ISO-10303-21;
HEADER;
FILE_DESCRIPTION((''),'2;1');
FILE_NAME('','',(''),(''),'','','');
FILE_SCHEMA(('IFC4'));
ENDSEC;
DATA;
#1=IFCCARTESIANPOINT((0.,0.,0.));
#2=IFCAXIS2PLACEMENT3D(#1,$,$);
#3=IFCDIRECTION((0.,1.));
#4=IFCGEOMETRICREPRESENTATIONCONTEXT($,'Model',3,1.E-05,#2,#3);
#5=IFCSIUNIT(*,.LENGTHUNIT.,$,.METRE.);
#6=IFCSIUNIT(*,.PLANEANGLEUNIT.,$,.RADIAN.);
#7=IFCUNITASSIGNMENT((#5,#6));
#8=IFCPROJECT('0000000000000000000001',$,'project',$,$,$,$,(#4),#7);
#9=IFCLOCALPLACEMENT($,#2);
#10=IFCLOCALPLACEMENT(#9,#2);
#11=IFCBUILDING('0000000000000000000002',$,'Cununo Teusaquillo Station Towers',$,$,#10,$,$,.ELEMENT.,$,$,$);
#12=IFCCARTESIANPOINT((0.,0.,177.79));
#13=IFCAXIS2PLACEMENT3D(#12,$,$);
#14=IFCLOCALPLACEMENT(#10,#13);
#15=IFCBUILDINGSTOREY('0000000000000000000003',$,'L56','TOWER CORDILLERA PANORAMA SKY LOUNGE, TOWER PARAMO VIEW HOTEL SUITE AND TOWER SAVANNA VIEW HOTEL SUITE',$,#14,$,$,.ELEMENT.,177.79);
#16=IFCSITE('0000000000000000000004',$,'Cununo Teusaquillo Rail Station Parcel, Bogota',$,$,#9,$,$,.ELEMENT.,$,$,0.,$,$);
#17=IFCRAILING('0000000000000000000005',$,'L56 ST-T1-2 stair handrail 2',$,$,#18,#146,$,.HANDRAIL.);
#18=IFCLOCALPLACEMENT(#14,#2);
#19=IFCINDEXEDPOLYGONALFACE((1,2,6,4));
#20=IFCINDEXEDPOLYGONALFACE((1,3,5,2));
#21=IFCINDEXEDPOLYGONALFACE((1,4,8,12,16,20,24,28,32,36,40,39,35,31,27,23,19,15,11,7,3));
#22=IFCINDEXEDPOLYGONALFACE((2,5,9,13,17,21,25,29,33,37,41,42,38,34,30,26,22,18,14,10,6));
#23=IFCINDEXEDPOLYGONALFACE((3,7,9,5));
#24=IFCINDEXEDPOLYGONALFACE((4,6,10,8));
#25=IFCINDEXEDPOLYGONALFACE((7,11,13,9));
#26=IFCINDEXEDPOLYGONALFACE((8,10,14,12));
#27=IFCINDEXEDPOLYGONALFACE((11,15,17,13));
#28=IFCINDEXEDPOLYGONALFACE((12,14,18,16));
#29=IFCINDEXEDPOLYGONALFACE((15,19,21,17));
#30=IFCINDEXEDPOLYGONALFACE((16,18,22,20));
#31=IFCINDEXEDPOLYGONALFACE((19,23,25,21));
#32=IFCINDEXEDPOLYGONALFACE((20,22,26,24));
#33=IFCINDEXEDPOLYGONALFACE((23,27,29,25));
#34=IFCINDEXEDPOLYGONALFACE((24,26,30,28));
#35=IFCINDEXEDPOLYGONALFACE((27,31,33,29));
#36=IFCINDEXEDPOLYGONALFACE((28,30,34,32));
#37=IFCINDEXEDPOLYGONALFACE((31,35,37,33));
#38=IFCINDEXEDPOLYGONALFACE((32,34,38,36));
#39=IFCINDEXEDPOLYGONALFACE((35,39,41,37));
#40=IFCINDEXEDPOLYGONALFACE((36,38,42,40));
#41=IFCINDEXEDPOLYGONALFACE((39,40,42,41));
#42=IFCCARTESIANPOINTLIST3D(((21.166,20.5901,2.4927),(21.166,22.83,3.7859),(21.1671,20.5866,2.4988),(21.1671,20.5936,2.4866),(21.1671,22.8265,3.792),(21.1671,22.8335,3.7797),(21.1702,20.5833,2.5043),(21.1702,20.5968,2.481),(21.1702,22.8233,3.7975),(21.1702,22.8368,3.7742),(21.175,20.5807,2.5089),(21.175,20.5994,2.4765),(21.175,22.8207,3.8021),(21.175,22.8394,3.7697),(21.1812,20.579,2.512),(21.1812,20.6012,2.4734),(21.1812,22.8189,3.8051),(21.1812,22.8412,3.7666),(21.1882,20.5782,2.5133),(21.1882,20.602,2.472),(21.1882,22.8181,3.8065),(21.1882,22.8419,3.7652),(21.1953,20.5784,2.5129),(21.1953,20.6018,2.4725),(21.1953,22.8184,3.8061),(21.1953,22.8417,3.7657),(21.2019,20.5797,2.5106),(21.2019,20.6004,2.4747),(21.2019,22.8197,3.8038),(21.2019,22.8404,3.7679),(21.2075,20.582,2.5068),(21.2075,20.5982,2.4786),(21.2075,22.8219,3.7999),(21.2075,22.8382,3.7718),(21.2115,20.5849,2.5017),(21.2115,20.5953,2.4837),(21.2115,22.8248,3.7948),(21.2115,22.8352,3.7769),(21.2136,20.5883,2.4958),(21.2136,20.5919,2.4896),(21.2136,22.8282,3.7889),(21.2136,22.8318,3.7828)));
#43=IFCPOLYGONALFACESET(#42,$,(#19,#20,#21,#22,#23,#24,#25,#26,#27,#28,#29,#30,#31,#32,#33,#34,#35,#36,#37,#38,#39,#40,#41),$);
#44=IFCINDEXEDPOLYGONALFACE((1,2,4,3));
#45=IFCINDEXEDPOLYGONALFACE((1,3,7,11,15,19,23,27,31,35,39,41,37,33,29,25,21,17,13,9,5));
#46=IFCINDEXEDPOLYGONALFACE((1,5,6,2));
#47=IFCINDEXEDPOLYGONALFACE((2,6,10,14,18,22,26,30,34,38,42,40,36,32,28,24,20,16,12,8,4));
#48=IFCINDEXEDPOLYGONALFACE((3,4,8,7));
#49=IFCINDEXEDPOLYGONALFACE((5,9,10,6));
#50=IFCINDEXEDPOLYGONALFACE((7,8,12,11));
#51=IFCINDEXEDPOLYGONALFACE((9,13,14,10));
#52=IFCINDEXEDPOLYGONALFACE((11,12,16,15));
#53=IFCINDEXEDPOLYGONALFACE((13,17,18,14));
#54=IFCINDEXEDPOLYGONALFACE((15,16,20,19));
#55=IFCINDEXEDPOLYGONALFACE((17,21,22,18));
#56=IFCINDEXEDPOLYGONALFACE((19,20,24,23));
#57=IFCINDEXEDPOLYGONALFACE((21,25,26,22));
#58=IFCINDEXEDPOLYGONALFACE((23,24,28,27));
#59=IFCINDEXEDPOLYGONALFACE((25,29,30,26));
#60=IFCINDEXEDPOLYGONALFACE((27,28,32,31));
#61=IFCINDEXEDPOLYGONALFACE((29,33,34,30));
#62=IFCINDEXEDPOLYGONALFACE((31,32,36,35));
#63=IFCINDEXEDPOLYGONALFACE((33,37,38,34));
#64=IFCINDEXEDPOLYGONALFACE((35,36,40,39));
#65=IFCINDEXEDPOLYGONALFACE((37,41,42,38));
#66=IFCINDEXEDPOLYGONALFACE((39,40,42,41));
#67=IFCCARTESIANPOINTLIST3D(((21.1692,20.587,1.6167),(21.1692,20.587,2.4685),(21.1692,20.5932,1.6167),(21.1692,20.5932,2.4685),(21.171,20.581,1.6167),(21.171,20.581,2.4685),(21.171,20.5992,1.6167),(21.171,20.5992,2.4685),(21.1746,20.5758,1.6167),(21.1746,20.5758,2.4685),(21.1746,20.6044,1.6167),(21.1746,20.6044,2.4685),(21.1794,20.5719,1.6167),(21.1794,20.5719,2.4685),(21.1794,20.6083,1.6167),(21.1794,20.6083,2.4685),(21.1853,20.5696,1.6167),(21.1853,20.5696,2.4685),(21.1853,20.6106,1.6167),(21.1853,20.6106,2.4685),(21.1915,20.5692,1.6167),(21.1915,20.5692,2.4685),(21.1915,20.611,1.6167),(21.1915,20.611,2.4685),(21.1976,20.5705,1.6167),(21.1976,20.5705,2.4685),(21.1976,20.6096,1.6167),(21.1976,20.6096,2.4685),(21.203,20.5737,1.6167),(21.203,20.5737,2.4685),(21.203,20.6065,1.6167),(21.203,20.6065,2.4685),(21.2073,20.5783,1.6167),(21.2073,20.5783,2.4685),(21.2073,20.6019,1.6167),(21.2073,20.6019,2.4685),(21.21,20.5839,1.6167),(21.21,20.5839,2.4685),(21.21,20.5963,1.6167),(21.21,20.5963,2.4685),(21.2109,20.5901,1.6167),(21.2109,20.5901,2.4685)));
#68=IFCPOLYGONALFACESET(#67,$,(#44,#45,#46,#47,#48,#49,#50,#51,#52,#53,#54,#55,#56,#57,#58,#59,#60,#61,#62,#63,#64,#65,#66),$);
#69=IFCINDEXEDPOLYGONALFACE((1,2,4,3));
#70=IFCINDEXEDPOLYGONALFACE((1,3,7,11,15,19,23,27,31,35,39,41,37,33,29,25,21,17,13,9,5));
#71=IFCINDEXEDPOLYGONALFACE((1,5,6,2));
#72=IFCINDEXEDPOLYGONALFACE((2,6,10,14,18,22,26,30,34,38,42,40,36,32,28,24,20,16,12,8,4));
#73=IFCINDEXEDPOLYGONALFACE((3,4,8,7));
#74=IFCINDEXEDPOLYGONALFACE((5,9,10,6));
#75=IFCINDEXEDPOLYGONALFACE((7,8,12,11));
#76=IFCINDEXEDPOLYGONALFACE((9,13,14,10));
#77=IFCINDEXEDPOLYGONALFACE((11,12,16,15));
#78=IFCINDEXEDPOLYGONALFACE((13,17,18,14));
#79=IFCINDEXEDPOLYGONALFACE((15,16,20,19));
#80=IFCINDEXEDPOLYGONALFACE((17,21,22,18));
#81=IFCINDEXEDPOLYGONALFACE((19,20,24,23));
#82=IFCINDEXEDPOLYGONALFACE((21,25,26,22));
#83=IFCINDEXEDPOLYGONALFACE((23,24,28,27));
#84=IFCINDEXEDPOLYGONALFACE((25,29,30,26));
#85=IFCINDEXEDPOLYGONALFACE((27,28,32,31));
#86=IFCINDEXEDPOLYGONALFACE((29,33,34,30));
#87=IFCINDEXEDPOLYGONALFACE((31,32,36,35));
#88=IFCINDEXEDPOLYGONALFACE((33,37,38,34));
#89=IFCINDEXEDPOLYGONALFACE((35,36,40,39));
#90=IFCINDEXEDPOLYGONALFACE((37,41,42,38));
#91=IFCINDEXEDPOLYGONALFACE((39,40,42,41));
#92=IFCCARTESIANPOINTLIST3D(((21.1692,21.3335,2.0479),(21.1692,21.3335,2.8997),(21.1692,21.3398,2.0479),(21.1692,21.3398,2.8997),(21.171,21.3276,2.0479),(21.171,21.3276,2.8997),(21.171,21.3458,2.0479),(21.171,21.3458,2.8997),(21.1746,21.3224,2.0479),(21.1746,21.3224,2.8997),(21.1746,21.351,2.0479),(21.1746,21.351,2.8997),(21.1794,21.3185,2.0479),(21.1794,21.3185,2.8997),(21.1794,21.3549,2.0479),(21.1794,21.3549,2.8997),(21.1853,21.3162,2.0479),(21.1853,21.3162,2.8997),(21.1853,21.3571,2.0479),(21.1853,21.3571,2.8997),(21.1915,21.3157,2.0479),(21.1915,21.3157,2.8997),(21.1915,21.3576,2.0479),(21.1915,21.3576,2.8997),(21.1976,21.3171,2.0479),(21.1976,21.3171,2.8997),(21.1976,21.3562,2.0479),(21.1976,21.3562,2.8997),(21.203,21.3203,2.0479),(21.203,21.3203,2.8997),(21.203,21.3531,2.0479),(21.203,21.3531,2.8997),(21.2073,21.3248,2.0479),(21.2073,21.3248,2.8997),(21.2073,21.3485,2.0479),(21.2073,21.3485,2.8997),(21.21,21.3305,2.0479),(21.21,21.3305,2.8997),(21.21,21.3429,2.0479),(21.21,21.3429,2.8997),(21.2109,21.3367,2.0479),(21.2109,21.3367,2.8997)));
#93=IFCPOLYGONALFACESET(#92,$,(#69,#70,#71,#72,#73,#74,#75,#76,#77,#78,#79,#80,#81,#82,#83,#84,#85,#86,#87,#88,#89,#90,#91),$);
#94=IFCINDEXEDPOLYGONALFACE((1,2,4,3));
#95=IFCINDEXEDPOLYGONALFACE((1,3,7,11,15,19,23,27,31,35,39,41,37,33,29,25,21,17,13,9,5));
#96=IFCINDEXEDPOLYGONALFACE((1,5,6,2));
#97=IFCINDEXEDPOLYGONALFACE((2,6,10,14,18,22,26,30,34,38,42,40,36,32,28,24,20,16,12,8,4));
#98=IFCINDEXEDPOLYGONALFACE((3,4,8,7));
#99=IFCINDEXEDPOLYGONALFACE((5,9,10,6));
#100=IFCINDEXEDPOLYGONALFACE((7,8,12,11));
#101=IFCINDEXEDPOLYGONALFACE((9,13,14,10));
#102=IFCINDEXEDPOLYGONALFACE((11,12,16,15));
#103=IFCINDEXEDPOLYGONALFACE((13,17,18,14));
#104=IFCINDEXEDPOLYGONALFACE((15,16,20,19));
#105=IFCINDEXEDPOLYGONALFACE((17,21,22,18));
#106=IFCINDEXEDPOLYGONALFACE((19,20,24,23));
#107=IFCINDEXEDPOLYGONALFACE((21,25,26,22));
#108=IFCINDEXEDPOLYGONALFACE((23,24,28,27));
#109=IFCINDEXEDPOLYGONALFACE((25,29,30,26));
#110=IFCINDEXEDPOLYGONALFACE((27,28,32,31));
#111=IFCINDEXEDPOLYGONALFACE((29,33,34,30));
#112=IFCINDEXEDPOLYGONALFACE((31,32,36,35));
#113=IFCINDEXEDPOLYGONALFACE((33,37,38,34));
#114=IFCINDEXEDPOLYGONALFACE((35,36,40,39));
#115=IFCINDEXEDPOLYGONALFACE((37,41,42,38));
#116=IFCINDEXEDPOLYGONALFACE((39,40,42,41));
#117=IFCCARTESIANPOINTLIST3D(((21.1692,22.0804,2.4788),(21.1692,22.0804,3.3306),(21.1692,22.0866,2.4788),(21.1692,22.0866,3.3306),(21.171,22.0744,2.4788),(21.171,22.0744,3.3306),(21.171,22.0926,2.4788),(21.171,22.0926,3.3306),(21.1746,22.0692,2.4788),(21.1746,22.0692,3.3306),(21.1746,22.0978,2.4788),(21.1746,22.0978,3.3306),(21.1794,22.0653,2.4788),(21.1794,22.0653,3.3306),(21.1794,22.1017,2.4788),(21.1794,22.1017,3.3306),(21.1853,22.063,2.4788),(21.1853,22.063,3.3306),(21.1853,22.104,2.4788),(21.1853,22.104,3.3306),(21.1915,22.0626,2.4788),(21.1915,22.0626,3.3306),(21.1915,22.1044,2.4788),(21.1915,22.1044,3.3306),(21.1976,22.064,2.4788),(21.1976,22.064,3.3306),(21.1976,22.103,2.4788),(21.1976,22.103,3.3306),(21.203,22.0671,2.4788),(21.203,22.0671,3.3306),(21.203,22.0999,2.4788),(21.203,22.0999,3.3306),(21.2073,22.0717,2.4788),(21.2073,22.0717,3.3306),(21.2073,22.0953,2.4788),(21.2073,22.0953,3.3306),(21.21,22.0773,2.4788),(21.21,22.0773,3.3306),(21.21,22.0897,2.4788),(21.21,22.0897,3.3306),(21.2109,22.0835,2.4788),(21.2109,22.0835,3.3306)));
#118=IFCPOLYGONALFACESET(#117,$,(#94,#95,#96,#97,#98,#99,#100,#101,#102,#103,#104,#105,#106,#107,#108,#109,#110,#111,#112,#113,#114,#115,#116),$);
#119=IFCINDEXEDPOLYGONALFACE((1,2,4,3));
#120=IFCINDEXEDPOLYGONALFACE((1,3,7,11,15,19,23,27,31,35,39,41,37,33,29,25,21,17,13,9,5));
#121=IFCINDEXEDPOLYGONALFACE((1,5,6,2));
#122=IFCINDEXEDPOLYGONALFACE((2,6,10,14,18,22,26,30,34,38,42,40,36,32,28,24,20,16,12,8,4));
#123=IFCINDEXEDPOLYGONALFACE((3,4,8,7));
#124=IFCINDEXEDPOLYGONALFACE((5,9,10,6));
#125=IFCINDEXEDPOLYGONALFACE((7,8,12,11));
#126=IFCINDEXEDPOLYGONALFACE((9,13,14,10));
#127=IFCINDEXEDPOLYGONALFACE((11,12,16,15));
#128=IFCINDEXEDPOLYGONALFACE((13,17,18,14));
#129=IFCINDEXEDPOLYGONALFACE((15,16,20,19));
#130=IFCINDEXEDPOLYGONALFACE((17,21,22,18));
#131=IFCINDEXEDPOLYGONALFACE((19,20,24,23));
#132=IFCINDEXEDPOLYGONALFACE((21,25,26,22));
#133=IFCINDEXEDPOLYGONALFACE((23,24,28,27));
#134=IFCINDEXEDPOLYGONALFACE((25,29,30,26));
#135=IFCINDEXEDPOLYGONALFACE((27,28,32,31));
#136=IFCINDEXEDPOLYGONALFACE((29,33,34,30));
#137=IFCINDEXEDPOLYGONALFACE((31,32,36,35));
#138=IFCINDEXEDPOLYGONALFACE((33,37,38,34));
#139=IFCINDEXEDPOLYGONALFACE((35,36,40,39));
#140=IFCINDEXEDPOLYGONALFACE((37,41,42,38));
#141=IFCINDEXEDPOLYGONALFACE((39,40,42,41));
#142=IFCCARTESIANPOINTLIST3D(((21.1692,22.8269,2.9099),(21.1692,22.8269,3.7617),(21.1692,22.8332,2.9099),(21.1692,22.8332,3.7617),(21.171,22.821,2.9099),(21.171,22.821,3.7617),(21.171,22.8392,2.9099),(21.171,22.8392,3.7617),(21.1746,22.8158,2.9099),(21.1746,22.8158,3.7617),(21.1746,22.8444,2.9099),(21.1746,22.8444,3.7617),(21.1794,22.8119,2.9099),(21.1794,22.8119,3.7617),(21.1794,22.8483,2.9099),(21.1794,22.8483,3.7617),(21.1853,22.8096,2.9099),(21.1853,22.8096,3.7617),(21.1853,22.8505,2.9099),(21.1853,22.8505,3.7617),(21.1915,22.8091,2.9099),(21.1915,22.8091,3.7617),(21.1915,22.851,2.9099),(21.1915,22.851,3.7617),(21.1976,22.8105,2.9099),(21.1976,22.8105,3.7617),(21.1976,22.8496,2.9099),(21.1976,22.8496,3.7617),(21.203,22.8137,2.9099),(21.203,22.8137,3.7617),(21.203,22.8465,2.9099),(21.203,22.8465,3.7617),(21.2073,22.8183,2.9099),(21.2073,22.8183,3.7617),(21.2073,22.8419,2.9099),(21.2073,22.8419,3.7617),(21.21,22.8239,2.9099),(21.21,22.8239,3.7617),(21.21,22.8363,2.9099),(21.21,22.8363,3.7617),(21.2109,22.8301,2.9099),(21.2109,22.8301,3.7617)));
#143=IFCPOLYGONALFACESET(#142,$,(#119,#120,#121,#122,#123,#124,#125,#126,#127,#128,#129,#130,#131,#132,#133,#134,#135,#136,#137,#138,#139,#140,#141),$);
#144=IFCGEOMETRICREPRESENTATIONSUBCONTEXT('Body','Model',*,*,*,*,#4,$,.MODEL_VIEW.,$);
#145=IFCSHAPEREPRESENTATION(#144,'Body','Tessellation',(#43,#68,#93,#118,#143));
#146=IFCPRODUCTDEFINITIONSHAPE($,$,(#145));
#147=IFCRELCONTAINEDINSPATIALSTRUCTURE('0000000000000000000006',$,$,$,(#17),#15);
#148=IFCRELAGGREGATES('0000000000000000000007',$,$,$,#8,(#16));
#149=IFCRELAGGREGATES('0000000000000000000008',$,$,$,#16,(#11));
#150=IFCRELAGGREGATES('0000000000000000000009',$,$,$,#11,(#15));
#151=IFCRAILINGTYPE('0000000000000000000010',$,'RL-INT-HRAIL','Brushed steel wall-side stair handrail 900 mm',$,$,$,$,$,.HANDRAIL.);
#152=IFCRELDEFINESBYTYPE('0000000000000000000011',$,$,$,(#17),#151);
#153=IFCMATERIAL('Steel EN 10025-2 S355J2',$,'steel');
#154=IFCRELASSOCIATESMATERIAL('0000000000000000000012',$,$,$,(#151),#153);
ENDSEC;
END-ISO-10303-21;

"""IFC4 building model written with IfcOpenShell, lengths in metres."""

from ifc_helpers import new_model, si_unit, direction, frame, origin, origin_2d, place, context, subcontext, project, spatial, circle, extrude, material, type_object, element, save


model = new_model("IFC4")

# Units and contexts
model_context = context("Model", 3, precision=1e-05, world=origin(), true_north=direction((0.0, 1.0)))
body_context = subcontext(model_context, "Body", "Model", "MODEL_VIEW")
ifc_project = project(units=[si_unit("LENGTHUNIT", "METRE"), si_unit("PLANEANGLEUNIT", "RADIAN")], contexts=[model_context])

# Site, building, storey
site_placement = place(None, origin())
site = spatial("IfcSite", under=ifc_project, at=site_placement, Name="Cununo Teusaquillo Rail Station Parcel, Bogota", CompositionType="ELEMENT", RefElevation=0.0)
building_placement = place(site_placement, origin())
building = spatial("IfcBuilding", under=site, at=building_placement, Name="Cununo Teusaquillo Station Towers", CompositionType="ELEMENT")
storey_placement = place(building_placement, frame((0.0, 0.0, 177.79)))
storey = spatial("IfcBuildingStorey", under=building, at=storey_placement, Name="L56", Description="TOWER CORDILLERA PANORAMA SKY LOUNGE, TOWER PARAMO VIEW HOTEL SUITE AND TOWER SAVANNA VIEW HOTEL SUITE", CompositionType="ELEMENT", Elevation=177.79)

# Railing
ifc_material_1 = material(Name="Steel EN 10025-2 S355J2", Category="steel")
railing_type_1 = type_object("IfcRailingType", Name="RL-INT-HRAIL", Description="Brushed steel wall-side stair handrail 900 mm", PredefinedType="HANDRAIL", material=ifc_material_1)
railing_1_placement = place(storey_placement, frame((21.1899, 20.5901, 1.6167)))
element("IfcRailing", 1, at=railing_1_placement, inside=storey, type_object=railing_type_1, Name="L56 ST-T1-2 stair handrail 2", PredefinedType="HANDRAIL", context=body_context, shape_type="SweptSolid", body=[
    extrude(circle(Radius=0.0239, at=origin_2d()), frame((0.0, 0.0, 0.876), z_axis=(0.0, 0.866033, 0.499987), x_axis=(-1.0, 0.0, 0.0)), (0.0, 0.0, 1.0), 2.5864),
    extrude(circle(Radius=0.021, at=origin_2d()), origin(), (0.0, 0.0, 1.0), 0.8518),
    extrude(circle(Radius=0.021, at=origin_2d()), frame((0.0, 0.7466, 0.4312)), (0.0, 0.0, 1.0), 0.8518),
    extrude(circle(Radius=0.021, at=origin_2d()), frame((0.0, 1.4934, 0.8621)), (0.0, 0.0, 1.0), 0.8518),
    extrude(circle(Radius=0.021, at=origin_2d()), frame((0.0, 2.24, 1.2932)), (0.0, 0.0, 1.0), 0.8518),
])

save(model, "model.ifc")
